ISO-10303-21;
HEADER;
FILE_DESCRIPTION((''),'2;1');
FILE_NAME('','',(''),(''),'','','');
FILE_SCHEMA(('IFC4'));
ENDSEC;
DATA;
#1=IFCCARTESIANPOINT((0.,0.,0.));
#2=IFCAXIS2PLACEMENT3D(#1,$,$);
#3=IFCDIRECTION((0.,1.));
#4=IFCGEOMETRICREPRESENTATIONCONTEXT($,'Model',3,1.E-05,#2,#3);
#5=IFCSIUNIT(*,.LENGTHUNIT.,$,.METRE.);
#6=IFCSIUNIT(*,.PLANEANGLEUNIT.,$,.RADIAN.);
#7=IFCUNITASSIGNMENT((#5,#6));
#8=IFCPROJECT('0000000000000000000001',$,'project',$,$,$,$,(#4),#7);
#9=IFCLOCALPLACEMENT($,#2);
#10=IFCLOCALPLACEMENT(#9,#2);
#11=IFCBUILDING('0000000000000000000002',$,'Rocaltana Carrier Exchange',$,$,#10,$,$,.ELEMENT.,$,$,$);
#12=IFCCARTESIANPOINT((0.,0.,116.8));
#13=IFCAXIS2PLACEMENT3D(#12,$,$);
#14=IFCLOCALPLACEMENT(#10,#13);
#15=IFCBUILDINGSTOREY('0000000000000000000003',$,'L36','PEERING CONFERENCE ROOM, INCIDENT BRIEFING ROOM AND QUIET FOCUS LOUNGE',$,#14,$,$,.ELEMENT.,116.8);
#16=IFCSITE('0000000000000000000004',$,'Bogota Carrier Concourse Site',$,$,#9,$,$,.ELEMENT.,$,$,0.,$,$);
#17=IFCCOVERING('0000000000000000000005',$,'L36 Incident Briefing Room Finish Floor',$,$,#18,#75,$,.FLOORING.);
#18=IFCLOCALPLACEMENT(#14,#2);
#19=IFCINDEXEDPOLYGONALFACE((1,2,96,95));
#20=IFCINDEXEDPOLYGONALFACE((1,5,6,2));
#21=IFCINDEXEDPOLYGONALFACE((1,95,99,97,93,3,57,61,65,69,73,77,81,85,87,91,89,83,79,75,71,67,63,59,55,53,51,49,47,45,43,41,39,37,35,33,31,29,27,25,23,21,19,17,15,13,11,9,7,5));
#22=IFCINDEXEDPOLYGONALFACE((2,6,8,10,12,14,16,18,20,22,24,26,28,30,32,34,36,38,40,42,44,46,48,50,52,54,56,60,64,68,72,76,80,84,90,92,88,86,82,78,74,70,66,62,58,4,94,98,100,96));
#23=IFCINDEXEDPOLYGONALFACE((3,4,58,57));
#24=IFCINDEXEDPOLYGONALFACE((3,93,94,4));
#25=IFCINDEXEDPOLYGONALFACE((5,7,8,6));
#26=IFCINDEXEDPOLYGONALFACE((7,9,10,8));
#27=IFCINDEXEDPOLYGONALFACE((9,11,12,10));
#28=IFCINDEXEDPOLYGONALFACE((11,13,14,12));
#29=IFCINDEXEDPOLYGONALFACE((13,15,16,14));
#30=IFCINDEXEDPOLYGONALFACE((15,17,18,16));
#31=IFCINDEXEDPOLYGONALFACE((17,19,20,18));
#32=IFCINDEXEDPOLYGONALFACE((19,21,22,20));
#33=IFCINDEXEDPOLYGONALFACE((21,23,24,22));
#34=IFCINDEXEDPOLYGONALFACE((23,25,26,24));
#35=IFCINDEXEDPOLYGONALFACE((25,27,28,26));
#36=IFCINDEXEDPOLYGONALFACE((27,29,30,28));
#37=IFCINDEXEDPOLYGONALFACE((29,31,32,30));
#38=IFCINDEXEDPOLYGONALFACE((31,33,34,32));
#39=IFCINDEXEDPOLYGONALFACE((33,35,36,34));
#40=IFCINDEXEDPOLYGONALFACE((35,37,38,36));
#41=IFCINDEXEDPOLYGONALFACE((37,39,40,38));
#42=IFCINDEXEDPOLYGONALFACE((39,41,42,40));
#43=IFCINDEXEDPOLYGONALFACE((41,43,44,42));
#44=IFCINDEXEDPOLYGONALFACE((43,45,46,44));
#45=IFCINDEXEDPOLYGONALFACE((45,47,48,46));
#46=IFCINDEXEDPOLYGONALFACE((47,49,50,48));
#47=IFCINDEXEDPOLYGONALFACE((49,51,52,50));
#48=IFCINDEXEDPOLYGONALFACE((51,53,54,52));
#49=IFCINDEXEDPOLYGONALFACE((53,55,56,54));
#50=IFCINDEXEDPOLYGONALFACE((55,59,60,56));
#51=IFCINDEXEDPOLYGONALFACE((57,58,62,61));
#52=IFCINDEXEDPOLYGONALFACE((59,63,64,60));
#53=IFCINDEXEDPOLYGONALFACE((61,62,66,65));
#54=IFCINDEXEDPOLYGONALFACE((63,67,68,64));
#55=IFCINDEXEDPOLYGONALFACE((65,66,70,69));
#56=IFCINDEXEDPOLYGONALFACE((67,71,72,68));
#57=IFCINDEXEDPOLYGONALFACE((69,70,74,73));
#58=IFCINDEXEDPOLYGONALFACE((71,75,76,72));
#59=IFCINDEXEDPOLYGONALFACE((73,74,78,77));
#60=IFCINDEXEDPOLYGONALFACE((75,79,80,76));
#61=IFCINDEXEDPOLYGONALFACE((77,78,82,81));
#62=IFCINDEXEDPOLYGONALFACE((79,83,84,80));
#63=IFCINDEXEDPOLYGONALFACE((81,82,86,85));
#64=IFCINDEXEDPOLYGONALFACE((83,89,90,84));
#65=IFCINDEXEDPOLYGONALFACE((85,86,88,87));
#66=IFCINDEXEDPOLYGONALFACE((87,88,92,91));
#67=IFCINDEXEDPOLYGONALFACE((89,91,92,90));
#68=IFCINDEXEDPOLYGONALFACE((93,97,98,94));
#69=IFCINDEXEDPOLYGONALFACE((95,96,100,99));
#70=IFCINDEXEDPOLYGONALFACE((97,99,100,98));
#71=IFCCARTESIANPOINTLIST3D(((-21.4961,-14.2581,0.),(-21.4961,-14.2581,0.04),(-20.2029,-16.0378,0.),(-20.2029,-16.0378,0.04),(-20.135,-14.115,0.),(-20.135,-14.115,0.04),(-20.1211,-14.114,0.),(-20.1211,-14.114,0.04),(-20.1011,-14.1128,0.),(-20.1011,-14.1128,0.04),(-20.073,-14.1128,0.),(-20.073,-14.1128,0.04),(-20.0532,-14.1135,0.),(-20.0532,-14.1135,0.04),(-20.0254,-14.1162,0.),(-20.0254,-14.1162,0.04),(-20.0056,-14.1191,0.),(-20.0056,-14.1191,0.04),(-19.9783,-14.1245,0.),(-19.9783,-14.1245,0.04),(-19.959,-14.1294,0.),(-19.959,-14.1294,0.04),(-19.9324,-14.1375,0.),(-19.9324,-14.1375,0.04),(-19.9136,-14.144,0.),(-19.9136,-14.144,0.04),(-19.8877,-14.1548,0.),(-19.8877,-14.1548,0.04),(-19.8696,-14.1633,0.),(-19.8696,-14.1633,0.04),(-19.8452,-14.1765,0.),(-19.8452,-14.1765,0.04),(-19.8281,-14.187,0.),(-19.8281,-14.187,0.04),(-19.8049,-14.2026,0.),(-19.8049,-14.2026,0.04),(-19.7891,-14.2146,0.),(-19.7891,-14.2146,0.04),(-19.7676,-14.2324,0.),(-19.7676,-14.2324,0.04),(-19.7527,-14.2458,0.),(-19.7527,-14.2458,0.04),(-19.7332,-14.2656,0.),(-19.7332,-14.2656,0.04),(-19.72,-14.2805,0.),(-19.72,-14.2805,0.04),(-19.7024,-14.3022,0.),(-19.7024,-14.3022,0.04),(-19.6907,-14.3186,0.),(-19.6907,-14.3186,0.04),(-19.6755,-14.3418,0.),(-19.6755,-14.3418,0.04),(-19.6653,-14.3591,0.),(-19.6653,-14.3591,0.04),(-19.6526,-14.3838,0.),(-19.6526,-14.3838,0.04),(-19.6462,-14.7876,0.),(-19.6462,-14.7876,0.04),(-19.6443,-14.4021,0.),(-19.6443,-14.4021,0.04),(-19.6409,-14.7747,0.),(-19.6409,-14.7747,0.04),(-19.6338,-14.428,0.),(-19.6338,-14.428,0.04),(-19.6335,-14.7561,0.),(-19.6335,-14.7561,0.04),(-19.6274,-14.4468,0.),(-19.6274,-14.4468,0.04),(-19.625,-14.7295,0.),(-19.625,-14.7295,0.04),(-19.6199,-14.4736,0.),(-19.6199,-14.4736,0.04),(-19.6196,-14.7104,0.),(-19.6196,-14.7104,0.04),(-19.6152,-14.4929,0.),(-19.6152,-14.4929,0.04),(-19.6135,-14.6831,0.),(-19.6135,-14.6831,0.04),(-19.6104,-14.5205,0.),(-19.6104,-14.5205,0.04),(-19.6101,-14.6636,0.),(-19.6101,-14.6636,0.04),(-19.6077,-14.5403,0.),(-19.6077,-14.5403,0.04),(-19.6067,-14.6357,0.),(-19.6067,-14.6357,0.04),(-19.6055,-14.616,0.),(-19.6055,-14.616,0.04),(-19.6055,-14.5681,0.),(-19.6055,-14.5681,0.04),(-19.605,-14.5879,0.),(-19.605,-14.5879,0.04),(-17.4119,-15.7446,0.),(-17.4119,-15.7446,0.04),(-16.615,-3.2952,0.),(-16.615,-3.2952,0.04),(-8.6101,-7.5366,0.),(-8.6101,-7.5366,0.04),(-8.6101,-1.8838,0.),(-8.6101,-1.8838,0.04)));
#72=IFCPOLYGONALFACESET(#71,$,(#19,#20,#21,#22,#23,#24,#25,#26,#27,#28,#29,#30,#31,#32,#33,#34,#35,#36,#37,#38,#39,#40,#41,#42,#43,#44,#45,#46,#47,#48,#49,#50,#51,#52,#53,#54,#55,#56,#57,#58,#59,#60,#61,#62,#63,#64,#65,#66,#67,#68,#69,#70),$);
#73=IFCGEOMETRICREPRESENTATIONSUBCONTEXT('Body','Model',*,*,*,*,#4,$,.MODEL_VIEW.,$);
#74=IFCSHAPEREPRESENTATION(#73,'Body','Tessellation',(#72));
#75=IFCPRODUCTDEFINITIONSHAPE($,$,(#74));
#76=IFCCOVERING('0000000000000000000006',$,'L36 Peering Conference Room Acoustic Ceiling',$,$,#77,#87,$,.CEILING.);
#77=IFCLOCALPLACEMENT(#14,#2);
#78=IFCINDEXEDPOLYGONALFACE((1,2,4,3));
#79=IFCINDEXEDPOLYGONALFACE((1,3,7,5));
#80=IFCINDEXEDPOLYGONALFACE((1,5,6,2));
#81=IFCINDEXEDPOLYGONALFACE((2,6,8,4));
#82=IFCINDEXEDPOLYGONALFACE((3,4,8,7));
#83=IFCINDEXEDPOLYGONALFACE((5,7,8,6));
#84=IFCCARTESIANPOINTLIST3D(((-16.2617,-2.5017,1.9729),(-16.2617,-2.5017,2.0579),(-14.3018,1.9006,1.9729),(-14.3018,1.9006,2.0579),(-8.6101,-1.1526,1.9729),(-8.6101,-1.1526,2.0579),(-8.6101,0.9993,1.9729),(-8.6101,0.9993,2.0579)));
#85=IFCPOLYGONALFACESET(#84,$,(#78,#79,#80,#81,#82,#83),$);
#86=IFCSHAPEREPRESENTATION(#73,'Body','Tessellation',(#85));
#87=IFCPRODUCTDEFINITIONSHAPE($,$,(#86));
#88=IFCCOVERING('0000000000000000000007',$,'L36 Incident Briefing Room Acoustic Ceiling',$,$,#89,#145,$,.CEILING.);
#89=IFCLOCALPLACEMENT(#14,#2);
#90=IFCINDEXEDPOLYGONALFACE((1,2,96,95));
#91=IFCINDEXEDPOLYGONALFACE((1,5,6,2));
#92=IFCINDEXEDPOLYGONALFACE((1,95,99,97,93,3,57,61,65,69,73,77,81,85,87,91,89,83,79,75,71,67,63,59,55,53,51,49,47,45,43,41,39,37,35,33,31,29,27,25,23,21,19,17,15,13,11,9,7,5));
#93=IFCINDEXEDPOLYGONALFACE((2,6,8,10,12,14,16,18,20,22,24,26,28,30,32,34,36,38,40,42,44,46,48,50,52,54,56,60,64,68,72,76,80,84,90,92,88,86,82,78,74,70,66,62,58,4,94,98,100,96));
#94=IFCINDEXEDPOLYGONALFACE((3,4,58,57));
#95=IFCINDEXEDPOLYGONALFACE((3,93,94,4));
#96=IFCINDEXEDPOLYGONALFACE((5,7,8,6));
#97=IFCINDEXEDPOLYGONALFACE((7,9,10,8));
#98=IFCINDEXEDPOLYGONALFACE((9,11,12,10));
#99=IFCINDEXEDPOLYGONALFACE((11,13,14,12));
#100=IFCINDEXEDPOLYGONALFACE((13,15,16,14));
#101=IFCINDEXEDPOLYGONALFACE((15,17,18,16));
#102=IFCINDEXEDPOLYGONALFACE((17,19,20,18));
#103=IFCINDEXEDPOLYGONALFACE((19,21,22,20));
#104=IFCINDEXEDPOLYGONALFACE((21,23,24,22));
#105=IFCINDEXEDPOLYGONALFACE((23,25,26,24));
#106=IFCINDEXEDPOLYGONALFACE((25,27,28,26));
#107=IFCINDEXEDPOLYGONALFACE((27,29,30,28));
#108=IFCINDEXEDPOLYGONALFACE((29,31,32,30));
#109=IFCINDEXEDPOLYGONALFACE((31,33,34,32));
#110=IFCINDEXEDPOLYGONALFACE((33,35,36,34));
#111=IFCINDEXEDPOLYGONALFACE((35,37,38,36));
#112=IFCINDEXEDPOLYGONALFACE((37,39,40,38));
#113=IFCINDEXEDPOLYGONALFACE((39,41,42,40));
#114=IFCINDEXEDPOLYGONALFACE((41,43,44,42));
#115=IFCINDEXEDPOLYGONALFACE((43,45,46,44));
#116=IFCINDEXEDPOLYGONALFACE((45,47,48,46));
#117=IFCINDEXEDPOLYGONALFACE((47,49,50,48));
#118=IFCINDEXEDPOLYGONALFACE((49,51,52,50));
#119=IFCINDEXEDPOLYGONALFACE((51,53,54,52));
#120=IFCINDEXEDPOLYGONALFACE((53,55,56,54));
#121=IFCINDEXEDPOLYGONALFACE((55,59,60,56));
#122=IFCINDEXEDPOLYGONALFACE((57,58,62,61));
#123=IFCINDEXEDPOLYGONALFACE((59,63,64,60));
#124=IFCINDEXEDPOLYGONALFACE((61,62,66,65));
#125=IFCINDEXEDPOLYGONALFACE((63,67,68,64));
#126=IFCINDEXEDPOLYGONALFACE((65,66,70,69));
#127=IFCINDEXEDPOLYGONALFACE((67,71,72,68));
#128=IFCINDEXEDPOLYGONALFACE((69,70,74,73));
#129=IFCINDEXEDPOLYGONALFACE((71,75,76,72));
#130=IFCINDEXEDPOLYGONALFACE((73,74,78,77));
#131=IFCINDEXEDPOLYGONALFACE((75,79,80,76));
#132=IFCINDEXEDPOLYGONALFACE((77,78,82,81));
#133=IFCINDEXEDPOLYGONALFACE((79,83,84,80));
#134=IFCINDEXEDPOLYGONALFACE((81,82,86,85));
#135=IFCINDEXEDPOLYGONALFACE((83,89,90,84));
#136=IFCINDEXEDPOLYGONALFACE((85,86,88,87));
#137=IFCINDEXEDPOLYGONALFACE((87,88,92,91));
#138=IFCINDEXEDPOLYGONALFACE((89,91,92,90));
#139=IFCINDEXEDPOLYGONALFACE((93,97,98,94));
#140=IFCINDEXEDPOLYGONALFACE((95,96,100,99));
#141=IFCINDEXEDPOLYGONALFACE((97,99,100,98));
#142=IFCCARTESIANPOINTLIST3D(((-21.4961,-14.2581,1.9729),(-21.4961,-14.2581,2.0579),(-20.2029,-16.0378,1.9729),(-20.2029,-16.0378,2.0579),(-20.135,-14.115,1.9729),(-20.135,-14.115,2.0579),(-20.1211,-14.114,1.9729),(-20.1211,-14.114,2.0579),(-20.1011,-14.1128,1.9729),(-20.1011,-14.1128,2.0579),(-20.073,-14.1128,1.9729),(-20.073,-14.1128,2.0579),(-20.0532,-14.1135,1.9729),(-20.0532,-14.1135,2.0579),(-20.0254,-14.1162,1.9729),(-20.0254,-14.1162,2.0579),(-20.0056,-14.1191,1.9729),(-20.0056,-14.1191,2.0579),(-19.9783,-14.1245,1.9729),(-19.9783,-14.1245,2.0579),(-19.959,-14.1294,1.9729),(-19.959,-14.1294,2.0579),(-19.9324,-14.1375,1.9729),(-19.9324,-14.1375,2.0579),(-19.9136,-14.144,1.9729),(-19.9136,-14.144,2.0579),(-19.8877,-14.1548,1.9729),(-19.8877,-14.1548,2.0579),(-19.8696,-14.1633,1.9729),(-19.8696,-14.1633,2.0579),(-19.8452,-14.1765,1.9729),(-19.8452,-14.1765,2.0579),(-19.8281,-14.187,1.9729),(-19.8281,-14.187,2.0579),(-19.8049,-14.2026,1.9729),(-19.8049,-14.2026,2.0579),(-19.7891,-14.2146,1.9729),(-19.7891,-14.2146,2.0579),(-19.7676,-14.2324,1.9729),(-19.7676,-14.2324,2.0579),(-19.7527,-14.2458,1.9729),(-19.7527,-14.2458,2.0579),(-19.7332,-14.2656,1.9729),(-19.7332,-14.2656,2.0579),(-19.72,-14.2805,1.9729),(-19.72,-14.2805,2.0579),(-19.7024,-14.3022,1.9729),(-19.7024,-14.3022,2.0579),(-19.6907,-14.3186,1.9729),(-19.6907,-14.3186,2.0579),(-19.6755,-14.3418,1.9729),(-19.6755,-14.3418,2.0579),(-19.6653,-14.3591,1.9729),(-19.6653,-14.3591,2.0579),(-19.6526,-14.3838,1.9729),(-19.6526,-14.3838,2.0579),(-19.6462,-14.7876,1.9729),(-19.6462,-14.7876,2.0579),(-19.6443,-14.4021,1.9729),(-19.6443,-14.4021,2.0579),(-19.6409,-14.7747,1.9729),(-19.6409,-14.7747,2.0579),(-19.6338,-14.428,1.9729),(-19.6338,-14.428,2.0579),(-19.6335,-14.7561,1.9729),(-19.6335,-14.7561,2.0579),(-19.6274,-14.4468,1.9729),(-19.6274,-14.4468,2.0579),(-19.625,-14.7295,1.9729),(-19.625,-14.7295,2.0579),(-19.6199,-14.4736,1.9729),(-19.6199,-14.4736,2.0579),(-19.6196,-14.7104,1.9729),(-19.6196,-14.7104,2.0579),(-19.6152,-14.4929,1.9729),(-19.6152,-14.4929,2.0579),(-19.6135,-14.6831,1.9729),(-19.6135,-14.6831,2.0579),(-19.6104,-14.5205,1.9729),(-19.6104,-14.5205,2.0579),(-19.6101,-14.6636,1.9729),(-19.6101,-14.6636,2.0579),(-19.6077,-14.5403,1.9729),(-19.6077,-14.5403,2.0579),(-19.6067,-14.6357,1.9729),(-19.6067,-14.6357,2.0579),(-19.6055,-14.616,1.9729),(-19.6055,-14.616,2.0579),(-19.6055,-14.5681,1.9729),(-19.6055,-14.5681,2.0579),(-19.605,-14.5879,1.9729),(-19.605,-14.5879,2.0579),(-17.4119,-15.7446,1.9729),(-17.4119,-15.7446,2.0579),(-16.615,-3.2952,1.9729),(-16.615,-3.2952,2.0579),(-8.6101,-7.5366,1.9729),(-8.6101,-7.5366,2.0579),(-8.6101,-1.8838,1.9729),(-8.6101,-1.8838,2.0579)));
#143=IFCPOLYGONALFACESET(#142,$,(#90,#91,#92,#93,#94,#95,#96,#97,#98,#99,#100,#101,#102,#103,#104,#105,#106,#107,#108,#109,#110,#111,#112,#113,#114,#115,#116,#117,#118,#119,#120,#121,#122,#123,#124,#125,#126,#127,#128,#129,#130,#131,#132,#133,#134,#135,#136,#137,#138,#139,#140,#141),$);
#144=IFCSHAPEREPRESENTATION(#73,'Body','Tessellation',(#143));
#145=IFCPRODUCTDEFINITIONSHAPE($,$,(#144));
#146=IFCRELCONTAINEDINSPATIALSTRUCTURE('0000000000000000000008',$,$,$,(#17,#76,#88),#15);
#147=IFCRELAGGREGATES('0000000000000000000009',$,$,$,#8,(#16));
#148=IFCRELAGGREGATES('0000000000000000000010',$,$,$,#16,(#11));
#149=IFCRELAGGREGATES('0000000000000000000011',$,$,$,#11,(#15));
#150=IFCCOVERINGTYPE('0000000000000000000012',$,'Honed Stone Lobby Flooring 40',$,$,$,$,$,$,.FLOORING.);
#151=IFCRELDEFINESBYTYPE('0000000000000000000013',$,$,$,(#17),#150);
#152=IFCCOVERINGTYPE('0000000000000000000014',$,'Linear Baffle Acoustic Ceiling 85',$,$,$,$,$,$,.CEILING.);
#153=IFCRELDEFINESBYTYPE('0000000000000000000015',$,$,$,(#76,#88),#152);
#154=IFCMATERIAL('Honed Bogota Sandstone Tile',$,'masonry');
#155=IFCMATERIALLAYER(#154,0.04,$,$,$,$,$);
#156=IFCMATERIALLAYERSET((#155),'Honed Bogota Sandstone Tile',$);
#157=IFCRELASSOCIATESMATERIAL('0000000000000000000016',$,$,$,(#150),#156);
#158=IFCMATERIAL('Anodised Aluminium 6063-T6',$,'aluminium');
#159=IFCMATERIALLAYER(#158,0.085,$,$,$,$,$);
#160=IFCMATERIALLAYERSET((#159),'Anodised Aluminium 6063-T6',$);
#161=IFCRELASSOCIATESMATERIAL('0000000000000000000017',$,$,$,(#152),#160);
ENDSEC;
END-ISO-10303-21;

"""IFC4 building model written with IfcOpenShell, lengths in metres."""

from ifc_helpers import new_model, si_unit, direction, frame, origin, place, context, subcontext, project, spatial, polyline, outline, extrude, material, layer, layer_set, type_object, element, save


model = new_model("IFC4")

# Units and contexts
model_context = context("Model", 3, precision=1e-05, world=origin(), true_north=direction((0.0, 1.0)))
body_context = subcontext(model_context, "Body", "Model", "MODEL_VIEW")
ifc_project = project(units=[si_unit("LENGTHUNIT", "METRE"), si_unit("PLANEANGLEUNIT", "RADIAN")], contexts=[model_context])

# Site, building, storey
site_placement = place(None, origin())
site = spatial("IfcSite", under=ifc_project, at=site_placement, Name="Bogota Carrier Concourse Site", CompositionType="ELEMENT", RefElevation=0.0)
building_placement = place(site_placement, origin())
building = spatial("IfcBuilding", under=site, at=building_placement, Name="Rocaltana Carrier Exchange", CompositionType="ELEMENT")
storey_placement = place(building_placement, frame((0.0, 0.0, 116.8)))
storey = spatial("IfcBuildingStorey", under=building, at=storey_placement, Name="L36", Description="PEERING CONFERENCE ROOM, INCIDENT BRIEFING ROOM AND QUIET FOCUS LOUNGE", CompositionType="ELEMENT", Elevation=116.8)

# Coverings
ifc_material_1 = material(Name="Honed Bogota Sandstone Tile", Category="masonry")
ifc_layer_1 = layer(ifc_material_1, 0.04)
ifc_layer_set_1 = layer_set([ifc_layer_1], Name="Honed Bogota Sandstone Tile")
covering_type_1 = type_object("IfcCoveringType", Name="Honed Stone Lobby Flooring 40", PredefinedType="FLOORING", material=ifc_layer_set_1)
covering_1_placement = place(storey_placement, origin())
element("IfcCovering", 1, at=covering_1_placement, inside=storey, type_object=covering_type_1, Name="L36 Incident Briefing Room Finish Floor", PredefinedType="FLOORING", context=body_context, shape_type="SweptSolid", body=[
    extrude(outline(polyline([(-19.6462, -14.7876), (-19.6409, -14.7747), (-19.6335, -14.7561), (-19.625, -14.7295), (-19.6196, -14.7104), (-19.6135, -14.6831), (-19.6101, -14.6636), (-19.6067, -14.6357), (-19.6055, -14.616), (-19.605, -14.5879), (-19.6055, -14.5681), (-19.6077, -14.5403), (-19.6104, -14.5205), (-19.6152, -14.4929), (-19.6199, -14.4736), (-19.6274, -14.4468), (-19.6338, -14.428), (-19.6443, -14.4021), (-19.6526, -14.3838), (-19.6653, -14.3591), (-19.6755, -14.3418), (-19.6907, -14.3186), (-19.7024, -14.3022), (-19.72, -14.2805), (-19.7332, -14.2656), (-19.7527, -14.2458), (-19.7676, -14.2324), (-19.7891, -14.2146), (-19.8049, -14.2026), (-19.8281, -14.187), (-19.8452, -14.1765), (-19.8696, -14.1633), (-19.8877, -14.1548), (-19.9136, -14.144), (-19.9324, -14.1375), (-19.959, -14.1294), (-19.9783, -14.1245), (-20.0056, -14.1191), (-20.0254, -14.1162), (-20.0532, -14.1135), (-20.073, -14.1128), (-20.1011, -14.1128), (-20.1211, -14.114), (-20.135, -14.115), (-21.4961, -14.2581), (-16.615, -3.2952), (-8.6101, -1.8838), (-8.6101, -7.5366), (-17.4119, -15.7446), (-20.2029, -16.0378), (-19.6462, -14.7876)])), origin(), (0.0, 0.0, 1.0), 0.04),
])
ifc_material_2 = material(Name="Anodised Aluminium 6063-T6", Category="aluminium")
ifc_layer_2 = layer(ifc_material_2, 0.085)
ifc_layer_set_2 = layer_set([ifc_layer_2], Name="Anodised Aluminium 6063-T6")
covering_type_2 = type_object("IfcCoveringType", Name="Linear Baffle Acoustic Ceiling 85", PredefinedType="CEILING", material=ifc_layer_set_2)
covering_2_placement = place(storey_placement, frame((0.0, 0.0, 1.9729)))
element("IfcCovering", 2, at=covering_2_placement, inside=storey, type_object=covering_type_2, Name="L36 Peering Conference Room Acoustic Ceiling", PredefinedType="CEILING", context=body_context, shape_type="SweptSolid", body=[
    extrude(outline(polyline([(-14.3018, 1.9006), (-8.6101, 0.9993), (-8.6101, -1.1526), (-16.2617, -2.5017), (-14.3018, 1.9006)])), origin(), (0.0, 0.0, 1.0), 0.085),
])
covering_3_placement = place(storey_placement, frame((0.0, 0.0, 1.9729)))
element("IfcCovering", 3, at=covering_3_placement, inside=storey, type_object=covering_type_2, Name="L36 Incident Briefing Room Acoustic Ceiling", PredefinedType="CEILING", context=body_context, shape_type="SweptSolid", body=[
    extrude(outline(polyline([(-19.6462, -14.7876), (-19.6409, -14.7747), (-19.6335, -14.7561), (-19.625, -14.7295), (-19.6196, -14.7104), (-19.6135, -14.6831), (-19.6101, -14.6636), (-19.6067, -14.6357), (-19.6055, -14.616), (-19.605, -14.5879), (-19.6055, -14.5681), (-19.6077, -14.5403), (-19.6104, -14.5205), (-19.6152, -14.4929), (-19.6199, -14.4736), (-19.6274, -14.4468), (-19.6338, -14.428), (-19.6443, -14.4021), (-19.6526, -14.3838), (-19.6653, -14.3591), (-19.6755, -14.3418), (-19.6907, -14.3186), (-19.7024, -14.3022), (-19.72, -14.2805), (-19.7332, -14.2656), (-19.7527, -14.2458), (-19.7676, -14.2324), (-19.7891, -14.2146), (-19.8049, -14.2026), (-19.8281, -14.187), (-19.8452, -14.1765), (-19.8696, -14.1633), (-19.8877, -14.1548), (-19.9136, -14.144), (-19.9324, -14.1375), (-19.959, -14.1294), (-19.9783, -14.1245), (-20.0056, -14.1191), (-20.0254, -14.1162), (-20.0532, -14.1135), (-20.073, -14.1128), (-20.1011, -14.1128), (-20.1211, -14.114), (-20.135, -14.115), (-21.4961, -14.2581), (-16.615, -3.2952), (-8.6101, -1.8838), (-8.6101, -7.5366), (-17.4119, -15.7446), (-20.2029, -16.0378), (-19.6462, -14.7876)])), origin(), (0.0, 0.0, 1.0), 0.085),
])

save(model, "model.ifc")
